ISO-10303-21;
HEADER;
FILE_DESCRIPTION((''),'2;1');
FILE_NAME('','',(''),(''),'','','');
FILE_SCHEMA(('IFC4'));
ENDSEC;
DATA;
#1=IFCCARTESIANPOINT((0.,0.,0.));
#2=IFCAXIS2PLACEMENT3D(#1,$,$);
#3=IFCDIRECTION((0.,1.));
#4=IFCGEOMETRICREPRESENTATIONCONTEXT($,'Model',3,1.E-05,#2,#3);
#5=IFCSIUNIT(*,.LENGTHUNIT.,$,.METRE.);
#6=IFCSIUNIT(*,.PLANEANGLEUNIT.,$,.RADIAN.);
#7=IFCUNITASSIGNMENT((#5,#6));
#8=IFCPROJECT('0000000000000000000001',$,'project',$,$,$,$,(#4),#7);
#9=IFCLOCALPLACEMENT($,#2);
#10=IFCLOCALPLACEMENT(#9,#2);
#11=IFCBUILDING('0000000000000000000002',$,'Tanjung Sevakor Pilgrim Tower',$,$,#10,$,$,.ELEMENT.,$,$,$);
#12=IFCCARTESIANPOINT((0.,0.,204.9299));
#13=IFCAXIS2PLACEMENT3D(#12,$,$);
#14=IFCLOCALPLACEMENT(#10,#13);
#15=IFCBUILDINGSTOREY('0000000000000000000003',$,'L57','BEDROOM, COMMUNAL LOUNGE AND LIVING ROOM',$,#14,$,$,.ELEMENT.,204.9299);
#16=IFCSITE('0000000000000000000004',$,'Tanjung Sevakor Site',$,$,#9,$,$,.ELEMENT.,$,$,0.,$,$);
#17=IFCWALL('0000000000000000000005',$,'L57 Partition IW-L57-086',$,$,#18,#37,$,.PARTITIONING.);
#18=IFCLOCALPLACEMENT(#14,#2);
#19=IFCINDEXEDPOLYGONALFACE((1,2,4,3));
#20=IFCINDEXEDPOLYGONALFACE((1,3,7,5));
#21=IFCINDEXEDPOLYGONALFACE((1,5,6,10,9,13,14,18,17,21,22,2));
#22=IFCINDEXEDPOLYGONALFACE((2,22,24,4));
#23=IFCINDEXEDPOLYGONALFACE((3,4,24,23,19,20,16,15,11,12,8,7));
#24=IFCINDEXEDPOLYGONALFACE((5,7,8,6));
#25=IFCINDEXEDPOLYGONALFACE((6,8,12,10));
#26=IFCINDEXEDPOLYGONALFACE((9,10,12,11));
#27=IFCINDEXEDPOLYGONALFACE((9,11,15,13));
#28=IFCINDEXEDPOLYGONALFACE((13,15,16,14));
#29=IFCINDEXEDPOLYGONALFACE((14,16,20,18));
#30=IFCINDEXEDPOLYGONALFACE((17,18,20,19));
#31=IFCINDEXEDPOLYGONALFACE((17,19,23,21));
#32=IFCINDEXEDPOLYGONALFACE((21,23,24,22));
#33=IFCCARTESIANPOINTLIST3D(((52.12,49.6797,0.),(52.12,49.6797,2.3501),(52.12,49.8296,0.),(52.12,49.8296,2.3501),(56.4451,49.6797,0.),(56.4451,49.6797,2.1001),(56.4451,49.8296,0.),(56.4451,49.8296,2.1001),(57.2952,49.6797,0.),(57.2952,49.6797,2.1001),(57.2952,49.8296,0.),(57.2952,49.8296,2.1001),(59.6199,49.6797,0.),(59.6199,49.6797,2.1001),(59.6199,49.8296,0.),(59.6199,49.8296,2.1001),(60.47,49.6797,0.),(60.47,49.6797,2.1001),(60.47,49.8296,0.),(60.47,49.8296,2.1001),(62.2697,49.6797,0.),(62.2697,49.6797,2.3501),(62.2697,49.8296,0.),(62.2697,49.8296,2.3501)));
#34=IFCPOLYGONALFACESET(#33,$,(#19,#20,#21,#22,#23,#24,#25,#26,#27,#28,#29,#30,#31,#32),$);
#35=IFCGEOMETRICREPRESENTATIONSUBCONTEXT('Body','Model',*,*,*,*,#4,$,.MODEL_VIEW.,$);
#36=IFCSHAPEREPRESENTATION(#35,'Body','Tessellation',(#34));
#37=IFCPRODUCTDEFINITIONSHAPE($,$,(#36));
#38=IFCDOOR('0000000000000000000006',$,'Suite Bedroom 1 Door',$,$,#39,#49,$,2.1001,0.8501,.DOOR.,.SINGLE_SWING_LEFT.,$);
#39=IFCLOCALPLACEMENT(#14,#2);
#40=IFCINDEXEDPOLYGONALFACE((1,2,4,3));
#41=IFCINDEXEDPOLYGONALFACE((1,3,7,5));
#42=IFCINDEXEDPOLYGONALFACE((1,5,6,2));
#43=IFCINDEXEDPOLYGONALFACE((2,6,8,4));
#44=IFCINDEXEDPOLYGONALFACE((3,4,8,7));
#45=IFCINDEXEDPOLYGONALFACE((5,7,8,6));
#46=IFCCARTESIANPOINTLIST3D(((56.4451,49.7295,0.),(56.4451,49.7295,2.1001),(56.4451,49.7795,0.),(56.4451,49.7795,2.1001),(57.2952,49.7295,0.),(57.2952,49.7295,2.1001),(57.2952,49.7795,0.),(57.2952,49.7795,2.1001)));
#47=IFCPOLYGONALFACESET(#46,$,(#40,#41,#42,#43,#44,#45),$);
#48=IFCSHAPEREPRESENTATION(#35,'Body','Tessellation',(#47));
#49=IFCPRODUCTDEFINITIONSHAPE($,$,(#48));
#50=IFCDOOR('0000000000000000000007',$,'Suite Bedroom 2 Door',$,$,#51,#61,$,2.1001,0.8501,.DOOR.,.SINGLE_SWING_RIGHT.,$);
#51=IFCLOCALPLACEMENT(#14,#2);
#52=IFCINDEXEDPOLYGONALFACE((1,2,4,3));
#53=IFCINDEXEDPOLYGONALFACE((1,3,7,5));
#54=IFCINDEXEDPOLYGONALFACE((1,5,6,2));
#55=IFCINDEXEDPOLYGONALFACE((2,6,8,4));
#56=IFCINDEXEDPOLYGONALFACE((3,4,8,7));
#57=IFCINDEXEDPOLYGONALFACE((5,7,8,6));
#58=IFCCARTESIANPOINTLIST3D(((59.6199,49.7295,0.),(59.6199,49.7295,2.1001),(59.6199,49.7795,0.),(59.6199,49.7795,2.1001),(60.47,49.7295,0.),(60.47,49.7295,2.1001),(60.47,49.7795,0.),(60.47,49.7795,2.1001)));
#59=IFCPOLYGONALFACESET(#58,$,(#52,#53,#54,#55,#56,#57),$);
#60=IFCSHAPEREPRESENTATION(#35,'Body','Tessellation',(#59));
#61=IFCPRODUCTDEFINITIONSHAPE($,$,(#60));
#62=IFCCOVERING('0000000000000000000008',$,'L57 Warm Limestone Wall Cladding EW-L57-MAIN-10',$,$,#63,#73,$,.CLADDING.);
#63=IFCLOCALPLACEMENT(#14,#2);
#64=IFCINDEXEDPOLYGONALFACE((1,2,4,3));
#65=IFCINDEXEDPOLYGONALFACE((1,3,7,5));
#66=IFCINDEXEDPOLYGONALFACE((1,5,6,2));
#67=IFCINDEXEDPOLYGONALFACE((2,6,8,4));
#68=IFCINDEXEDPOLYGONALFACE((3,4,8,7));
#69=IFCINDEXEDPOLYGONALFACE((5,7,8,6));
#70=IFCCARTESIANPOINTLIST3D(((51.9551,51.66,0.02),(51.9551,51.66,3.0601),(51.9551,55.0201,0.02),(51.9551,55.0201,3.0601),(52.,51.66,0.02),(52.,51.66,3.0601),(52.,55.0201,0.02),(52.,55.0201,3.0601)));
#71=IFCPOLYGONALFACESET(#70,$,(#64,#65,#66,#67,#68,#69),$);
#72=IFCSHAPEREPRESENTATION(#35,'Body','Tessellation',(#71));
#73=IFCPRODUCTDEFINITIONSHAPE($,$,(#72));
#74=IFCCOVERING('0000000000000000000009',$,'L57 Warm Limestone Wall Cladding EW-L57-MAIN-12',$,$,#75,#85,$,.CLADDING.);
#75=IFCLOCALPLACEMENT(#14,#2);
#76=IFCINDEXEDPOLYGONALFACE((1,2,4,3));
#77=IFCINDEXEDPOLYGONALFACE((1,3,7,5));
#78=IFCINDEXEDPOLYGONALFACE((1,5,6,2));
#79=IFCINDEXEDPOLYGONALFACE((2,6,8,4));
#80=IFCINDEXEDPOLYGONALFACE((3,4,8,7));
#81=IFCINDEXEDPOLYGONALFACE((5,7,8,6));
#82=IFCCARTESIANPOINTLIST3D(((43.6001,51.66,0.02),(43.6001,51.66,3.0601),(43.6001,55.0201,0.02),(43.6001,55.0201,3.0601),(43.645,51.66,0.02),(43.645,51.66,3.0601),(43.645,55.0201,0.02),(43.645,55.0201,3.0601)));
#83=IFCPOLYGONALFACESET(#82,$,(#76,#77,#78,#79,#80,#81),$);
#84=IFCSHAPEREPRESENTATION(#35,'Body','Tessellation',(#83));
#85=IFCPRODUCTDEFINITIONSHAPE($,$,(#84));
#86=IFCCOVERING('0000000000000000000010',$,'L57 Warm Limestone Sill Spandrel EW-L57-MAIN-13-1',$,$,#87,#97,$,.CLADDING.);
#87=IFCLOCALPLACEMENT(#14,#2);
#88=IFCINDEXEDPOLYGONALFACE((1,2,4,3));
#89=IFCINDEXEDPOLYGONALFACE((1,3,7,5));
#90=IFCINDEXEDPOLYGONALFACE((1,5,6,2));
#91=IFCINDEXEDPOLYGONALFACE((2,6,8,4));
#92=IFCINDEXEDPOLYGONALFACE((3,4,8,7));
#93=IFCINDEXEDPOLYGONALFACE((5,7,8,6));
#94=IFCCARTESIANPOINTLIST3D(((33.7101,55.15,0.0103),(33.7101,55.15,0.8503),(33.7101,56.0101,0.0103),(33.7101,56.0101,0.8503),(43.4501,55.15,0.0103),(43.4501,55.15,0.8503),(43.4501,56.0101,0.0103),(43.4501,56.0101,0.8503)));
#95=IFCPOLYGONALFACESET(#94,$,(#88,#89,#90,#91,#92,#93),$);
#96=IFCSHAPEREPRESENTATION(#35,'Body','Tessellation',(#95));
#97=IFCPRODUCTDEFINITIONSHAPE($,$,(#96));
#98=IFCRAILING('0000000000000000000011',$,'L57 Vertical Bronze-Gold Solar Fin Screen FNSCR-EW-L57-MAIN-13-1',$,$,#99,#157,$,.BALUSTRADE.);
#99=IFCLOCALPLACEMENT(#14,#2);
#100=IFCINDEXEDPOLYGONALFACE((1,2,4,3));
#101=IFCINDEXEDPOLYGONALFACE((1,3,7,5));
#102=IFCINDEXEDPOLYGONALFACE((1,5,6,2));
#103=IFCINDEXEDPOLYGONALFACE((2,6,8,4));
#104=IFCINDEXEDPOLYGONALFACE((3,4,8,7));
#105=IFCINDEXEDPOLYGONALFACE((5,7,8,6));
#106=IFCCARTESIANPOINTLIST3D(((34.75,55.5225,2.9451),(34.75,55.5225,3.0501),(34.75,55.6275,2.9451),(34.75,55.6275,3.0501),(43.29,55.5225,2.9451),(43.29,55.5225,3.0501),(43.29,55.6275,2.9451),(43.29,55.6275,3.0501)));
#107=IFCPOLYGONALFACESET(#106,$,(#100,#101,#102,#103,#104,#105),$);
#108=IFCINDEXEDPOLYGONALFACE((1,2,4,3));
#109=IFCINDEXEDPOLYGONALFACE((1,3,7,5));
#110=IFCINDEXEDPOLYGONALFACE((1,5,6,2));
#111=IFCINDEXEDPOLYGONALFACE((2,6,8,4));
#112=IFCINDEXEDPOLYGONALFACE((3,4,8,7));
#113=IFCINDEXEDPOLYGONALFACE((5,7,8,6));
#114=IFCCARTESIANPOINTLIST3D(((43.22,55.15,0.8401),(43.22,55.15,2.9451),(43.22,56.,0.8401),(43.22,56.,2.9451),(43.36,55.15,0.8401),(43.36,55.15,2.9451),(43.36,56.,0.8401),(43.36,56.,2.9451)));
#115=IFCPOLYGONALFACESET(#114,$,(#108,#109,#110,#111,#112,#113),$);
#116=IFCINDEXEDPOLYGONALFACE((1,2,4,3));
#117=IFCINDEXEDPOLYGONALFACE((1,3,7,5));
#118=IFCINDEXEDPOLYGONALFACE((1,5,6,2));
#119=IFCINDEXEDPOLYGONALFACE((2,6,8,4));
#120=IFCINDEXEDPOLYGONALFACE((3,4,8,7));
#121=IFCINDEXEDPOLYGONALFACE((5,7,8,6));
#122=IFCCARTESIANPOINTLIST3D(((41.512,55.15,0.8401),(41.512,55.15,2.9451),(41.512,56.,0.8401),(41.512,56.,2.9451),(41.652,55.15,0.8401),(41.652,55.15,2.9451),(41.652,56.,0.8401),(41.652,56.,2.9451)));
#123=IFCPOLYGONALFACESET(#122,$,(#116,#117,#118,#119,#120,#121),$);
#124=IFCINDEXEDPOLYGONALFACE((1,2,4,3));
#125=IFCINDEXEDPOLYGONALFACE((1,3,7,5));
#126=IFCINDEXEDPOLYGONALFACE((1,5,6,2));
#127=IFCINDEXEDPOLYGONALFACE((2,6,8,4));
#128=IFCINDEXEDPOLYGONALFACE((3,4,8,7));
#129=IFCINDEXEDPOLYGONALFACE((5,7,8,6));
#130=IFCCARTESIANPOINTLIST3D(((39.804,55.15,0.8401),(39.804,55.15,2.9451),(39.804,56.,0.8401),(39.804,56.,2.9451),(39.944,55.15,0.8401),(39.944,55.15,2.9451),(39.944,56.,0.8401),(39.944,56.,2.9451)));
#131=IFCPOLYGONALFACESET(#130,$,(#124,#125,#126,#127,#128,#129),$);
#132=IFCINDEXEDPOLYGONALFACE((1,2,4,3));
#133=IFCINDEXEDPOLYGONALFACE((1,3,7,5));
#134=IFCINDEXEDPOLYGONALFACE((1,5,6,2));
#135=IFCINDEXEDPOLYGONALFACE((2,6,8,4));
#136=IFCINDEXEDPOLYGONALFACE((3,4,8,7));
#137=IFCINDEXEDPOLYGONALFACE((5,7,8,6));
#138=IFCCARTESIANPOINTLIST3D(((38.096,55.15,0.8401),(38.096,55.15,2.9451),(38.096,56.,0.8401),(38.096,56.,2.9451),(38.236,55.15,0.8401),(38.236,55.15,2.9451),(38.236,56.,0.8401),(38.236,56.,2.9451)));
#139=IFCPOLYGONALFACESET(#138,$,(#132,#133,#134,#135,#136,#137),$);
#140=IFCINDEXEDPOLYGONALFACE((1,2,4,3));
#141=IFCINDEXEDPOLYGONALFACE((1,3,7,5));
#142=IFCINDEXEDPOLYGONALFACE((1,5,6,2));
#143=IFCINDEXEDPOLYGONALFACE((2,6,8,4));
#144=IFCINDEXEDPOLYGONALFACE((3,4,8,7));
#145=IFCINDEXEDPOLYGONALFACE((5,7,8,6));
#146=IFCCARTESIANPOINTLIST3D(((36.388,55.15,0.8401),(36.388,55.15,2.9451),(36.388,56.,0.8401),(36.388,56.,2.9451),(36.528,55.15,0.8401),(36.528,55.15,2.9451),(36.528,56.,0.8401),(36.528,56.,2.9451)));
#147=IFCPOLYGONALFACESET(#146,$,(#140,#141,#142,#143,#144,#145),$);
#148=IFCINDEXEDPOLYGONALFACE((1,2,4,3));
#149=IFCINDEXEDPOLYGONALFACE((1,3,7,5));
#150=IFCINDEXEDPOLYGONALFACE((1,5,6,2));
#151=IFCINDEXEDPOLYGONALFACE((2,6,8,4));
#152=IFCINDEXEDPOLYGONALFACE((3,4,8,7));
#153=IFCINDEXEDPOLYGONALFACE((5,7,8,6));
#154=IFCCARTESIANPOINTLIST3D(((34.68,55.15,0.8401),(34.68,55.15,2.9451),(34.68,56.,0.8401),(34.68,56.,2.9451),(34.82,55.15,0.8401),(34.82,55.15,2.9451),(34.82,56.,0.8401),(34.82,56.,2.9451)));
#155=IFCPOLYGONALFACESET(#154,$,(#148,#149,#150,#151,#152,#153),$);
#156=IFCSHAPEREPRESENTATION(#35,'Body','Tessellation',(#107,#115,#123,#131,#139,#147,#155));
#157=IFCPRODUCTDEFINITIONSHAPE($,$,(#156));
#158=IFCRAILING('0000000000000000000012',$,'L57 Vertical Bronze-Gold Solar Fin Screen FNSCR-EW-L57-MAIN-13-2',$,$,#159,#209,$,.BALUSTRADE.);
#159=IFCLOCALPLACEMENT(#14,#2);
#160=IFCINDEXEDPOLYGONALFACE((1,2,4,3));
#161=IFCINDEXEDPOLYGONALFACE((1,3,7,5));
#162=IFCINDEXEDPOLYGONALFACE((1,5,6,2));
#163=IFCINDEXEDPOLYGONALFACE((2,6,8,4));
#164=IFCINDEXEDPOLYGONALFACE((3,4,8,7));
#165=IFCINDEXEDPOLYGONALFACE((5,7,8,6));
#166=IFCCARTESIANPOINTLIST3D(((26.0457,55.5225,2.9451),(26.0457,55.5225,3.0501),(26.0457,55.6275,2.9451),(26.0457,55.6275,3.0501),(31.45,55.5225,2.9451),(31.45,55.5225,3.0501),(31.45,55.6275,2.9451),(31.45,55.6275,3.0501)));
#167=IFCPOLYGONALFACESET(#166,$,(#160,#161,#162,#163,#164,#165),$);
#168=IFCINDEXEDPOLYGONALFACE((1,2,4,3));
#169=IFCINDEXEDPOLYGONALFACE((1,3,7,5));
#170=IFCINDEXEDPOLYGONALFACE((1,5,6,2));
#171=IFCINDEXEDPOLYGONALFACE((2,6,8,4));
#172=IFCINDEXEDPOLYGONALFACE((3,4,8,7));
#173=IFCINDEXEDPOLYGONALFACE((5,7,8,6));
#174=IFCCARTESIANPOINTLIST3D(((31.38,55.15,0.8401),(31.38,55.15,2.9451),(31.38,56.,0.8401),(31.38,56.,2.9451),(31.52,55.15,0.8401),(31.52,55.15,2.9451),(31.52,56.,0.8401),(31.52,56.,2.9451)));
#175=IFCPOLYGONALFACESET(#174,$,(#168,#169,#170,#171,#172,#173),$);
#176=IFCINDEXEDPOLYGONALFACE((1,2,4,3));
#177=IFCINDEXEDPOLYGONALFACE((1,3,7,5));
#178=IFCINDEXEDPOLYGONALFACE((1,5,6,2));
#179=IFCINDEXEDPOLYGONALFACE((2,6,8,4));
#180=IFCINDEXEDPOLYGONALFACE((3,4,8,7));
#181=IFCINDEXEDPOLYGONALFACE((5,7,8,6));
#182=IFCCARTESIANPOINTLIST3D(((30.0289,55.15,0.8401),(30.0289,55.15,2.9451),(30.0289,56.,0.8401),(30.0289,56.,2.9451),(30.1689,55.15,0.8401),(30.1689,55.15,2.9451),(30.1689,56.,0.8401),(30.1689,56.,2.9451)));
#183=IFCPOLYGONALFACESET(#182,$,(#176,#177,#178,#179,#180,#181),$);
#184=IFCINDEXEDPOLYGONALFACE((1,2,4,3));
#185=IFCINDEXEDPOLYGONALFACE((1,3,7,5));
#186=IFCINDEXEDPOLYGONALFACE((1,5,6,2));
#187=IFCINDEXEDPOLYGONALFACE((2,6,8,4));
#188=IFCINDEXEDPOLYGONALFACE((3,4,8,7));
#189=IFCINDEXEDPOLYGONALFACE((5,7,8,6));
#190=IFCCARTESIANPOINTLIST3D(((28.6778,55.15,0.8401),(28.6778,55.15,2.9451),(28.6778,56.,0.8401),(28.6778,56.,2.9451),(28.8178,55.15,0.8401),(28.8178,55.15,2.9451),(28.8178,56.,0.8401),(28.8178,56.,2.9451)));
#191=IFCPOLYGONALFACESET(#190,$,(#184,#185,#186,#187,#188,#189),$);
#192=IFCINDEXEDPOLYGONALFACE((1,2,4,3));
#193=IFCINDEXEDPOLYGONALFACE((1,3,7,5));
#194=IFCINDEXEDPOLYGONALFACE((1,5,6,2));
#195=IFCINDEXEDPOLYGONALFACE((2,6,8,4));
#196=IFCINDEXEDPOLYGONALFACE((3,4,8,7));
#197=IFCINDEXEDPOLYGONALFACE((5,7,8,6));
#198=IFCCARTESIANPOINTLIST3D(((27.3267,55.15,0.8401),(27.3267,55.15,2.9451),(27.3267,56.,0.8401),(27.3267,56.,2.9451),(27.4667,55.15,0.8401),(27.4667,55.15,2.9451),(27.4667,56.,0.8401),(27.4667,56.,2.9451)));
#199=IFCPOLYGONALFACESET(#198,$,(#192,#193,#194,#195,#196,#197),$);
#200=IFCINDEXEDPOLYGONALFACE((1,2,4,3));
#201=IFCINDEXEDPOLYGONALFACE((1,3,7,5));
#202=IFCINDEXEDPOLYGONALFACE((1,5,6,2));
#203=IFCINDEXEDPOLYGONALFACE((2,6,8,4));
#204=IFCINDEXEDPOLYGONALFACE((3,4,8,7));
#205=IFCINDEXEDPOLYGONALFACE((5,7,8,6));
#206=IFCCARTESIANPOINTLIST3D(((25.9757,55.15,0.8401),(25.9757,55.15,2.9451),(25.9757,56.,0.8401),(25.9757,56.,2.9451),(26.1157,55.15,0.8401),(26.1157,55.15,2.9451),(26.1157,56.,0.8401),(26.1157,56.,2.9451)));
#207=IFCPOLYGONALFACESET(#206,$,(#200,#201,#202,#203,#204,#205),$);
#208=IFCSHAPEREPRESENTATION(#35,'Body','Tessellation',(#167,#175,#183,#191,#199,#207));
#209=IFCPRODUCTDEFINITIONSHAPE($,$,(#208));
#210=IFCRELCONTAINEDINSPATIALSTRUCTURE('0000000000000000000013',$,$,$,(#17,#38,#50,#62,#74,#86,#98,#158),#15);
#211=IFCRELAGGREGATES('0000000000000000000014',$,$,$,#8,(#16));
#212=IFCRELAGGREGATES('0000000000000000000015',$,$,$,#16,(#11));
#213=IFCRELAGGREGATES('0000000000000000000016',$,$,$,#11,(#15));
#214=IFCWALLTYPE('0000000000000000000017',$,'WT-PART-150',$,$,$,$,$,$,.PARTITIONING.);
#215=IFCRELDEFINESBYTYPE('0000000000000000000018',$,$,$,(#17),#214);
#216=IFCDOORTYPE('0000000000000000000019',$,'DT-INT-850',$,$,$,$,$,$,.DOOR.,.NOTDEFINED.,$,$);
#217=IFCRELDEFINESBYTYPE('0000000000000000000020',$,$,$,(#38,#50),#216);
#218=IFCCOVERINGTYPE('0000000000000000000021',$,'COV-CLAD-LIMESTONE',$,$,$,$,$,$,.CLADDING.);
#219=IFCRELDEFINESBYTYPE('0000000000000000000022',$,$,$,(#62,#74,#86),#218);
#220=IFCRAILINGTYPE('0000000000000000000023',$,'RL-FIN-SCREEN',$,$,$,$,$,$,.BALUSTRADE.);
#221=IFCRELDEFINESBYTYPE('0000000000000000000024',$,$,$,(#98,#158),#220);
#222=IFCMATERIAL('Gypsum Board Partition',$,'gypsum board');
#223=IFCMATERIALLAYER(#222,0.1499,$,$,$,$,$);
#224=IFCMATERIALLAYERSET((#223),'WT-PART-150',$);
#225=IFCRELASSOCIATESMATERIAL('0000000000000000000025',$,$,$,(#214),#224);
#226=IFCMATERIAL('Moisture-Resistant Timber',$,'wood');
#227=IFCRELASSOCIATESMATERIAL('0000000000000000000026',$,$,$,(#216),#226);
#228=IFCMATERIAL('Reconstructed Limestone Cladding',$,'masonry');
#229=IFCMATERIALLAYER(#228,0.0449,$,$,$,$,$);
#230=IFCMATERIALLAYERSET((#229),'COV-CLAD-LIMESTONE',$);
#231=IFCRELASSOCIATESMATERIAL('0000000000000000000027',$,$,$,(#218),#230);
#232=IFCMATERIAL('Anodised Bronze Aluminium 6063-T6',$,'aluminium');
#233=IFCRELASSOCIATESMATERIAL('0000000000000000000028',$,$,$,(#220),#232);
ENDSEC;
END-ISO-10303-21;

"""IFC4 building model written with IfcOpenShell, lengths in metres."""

from ifc_helpers import new_model, si_unit, direction, frame, frame_2d, origin, origin_2d, place, context, subcontext, project, spatial, rectangle, extrude, material, layer, layer_set, type_object, element, fill, save


model = new_model("IFC4")

# Units and contexts
model_context = context("Model", 3, precision=1e-05, world=origin(), true_north=direction((0.0, 1.0)))
body_context = subcontext(model_context, "Body", "Model", "MODEL_VIEW")
ifc_project = project(units=[si_unit("LENGTHUNIT", "METRE"), si_unit("PLANEANGLEUNIT", "RADIAN")], contexts=[model_context])

# Site, building, storey
site_placement = place(None, origin())
site = spatial("IfcSite", under=ifc_project, at=site_placement, Name="Tanjung Sevakor Site", CompositionType="ELEMENT", RefElevation=0.0)
building_placement = place(site_placement, origin())
building = spatial("IfcBuilding", under=site, at=building_placement, Name="Tanjung Sevakor Pilgrim Tower", CompositionType="ELEMENT")
storey_placement = place(building_placement, frame((0.0, 0.0, 204.9299)))
storey = spatial("IfcBuildingStorey", under=building, at=storey_placement, Name="L57", Description="BEDROOM, COMMUNAL LOUNGE AND LIVING ROOM", CompositionType="ELEMENT", Elevation=204.9299)

# Shared definitions
ifc_material_1 = material(Name="Gypsum Board Partition", Category="gypsum board")
ifc_layer_1 = layer(ifc_material_1, 0.1499)
ifc_layer_set_1 = layer_set([ifc_layer_1], Name="WT-PART-150")
wall_type_1 = type_object("IfcWallType", Name="WT-PART-150", PredefinedType="PARTITIONING", material=ifc_layer_set_1)

# Wall, openings, doors
wall_1_placement = place(storey_placement, frame((52.1201, 49.7546, 0.0), z_axis=(0.0, 0.0, 1.0), x_axis=(1.0, 0.0, 0.0)))
wall_1 = element("IfcWall", 1, at=wall_1_placement, inside=storey, type_object=wall_type_1, Name="L57 Partition IW-L57-086", PredefinedType="PARTITIONING", context=body_context, shape_type="SweptSolid", body=[
    extrude(rectangle(XDim=10.1497, YDim=0.1499, at=frame_2d((5.0747, 0.0))), origin(), (0.0, 0.0, 1.0), 2.3501),
])
opening_1_placement = place(wall_1_placement, frame((4.325, 0.0, 0.0)))
opening_1 = element("IfcOpeningElement", 2, at=opening_1_placement, cuts=wall_1, PredefinedType="OPENING", context=body_context, shape_type="SweptSolid", body=[
    extrude(rectangle(XDim=0.8501, YDim=2.1001, at=frame_2d((0.425, 1.05))), frame((0.0, 0.085, 0.0), z_axis=(0.0, -1.0, 0.0), x_axis=(1.0, 0.0, 0.0)), (0.0, 0.0, 1.0), 0.1699),
])
opening_2_placement = place(wall_1_placement, frame((7.4998, 0.0, 0.0)))
opening_2 = element("IfcOpeningElement", 3, at=opening_2_placement, cuts=wall_1, PredefinedType="OPENING", context=body_context, shape_type="SweptSolid", body=[
    extrude(rectangle(XDim=0.8501, YDim=2.1001, at=frame_2d((0.425, 1.05))), frame((0.0, 0.085, 0.0), z_axis=(0.0, -1.0, 0.0), x_axis=(1.0, 0.0, 0.0)), (0.0, 0.0, 1.0), 0.1699),
])
ifc_material_2 = material(Name="Moisture-Resistant Timber", Category="wood")
door_type_1 = type_object("IfcDoorType", Name="DT-INT-850", OperationType="NOTDEFINED", PredefinedType="DOOR", material=ifc_material_2)
door_1_placement = place(opening_1_placement, origin())
door_1 = element("IfcDoor", 4, at=door_1_placement, inside=storey, type_object=door_type_1, Name="Suite Bedroom 1 Door", OperationType="SINGLE_SWING_LEFT", OverallHeight=2.1001, OverallWidth=0.8501, PredefinedType="DOOR", context=body_context, shape_type="SweptSolid", body=[
    extrude(rectangle(XDim=0.8501, YDim=2.1001, at=frame_2d((0.425, 1.05))), frame((0.0, 0.0249, 0.0), z_axis=(0.0, -1.0, 0.0), x_axis=(1.0, 0.0, 0.0)), (0.0, 0.0, 1.0), 0.05),
])
fill(opening_1, door_1)
door_2_placement = place(opening_2_placement, origin())
door_2 = element("IfcDoor", 5, at=door_2_placement, inside=storey, type_object=door_type_1, Name="Suite Bedroom 2 Door", OperationType="SINGLE_SWING_RIGHT", OverallHeight=2.1001, OverallWidth=0.8501, PredefinedType="DOOR", context=body_context, shape_type="SweptSolid", body=[
    extrude(rectangle(XDim=0.8501, YDim=2.1001, at=frame_2d((0.425, 1.05))), frame((0.0, 0.0249, 0.0), z_axis=(0.0, -1.0, 0.0), x_axis=(1.0, 0.0, 0.0)), (0.0, 0.0, 1.0), 0.05),
])
fill(opening_2, door_2)

# Coverings
ifc_material_3 = material(Name="Reconstructed Limestone Cladding", Category="masonry")
ifc_layer_2 = layer(ifc_material_3, 0.0449)
ifc_layer_set_2 = layer_set([ifc_layer_2], Name="COV-CLAD-LIMESTONE")
covering_type = type_object("IfcCoveringType", Name="COV-CLAD-LIMESTONE", PredefinedType="CLADDING", material=ifc_layer_set_2)
for number, where, z_axis, x_axis, name in (
    (6, (51.9775, 53.3401, 0.02), (0.0, 0.0, 1.0), (0.0, -1.0, 0.0), "L57 Warm Limestone Wall Cladding EW-L57-MAIN-10"),
    (7, (43.6226, 53.3401, 0.02), (0.0, 0.0, 1.0), (0.0, 1.0, 0.0), "L57 Warm Limestone Wall Cladding EW-L57-MAIN-12"),
):
    element("IfcCovering", number, at=place(storey_placement, frame(where, z_axis=z_axis, x_axis=x_axis)), inside=storey, type_object=covering_type, Name=name, PredefinedType="CLADDING", context=body_context, shape_type="SweptSolid", body=[
        extrude(rectangle(XDim=3.3601, YDim=0.0449, at=origin_2d()), origin(), (0.0, 0.0, 1.0), 3.04),
    ])
covering_placement = place(storey_placement, frame((38.5801, 55.5801, 0.0103), z_axis=(0.0, 0.0, 1.0), x_axis=(-1.0, 0.0, 0.0)))
element("IfcCovering", 8, at=covering_placement, inside=storey, type_object=covering_type, Name="L57 Warm Limestone Sill Spandrel EW-L57-MAIN-13-1", PredefinedType="CLADDING", context=body_context, shape_type="SweptSolid", body=[
    extrude(rectangle(XDim=9.74, YDim=0.8601, at=origin_2d()), origin(), (0.0, 0.0, 1.0), 0.8401),
])

# Railings
ifc_material_4 = material(Name="Anodised Bronze Aluminium 6063-T6", Category="aluminium")
railing_type = type_object("IfcRailingType", Name="RL-FIN-SCREEN", PredefinedType="BALUSTRADE", material=ifc_material_4)
railing_1_placement = place(storey_placement, frame((43.29, 55.575, 0.8401)))
element("IfcRailing", 9, at=railing_1_placement, inside=storey, type_object=railing_type, Name="L57 Vertical Bronze-Gold Solar Fin Screen FNSCR-EW-L57-MAIN-13-1", PredefinedType="BALUSTRADE", context=body_context, shape_type="SweptSolid", body=[
    extrude(rectangle(XDim=0.105, YDim=0.105), frame((0.0, 0.0, 2.1575), z_axis=(-1.0, 0.0, 0.0), x_axis=(0.0, -1.0, 0.0)), (0.0, 0.0, 1.0), 8.54),
    extrude(rectangle(XDim=0.14, YDim=0.85), origin(), (0.0, 0.0, 1.0), 2.105),
    extrude(rectangle(XDim=0.14, YDim=0.85), frame((-1.708, 0.0, 0.0)), (0.0, 0.0, 1.0), 2.105),
    extrude(rectangle(XDim=0.14, YDim=0.85), frame((-3.416, 0.0, 0.0)), (0.0, 0.0, 1.0), 2.105),
    extrude(rectangle(XDim=0.14, YDim=0.85), frame((-5.124, 0.0, 0.0)), (0.0, 0.0, 1.0), 2.105),
    extrude(rectangle(XDim=0.14, YDim=0.85), frame((-6.832, 0.0, 0.0)), (0.0, 0.0, 1.0), 2.105),
    extrude(rectangle(XDim=0.14, YDim=0.85), frame((-8.54, 0.0, 0.0)), (0.0, 0.0, 1.0), 2.105),
])
railing_2_placement = place(storey_placement, frame((31.45, 55.575, 0.8401)))
element("IfcRailing", 10, at=railing_2_placement, inside=storey, type_object=railing_type, Name="L57 Vertical Bronze-Gold Solar Fin Screen FNSCR-EW-L57-MAIN-13-2", PredefinedType="BALUSTRADE", context=body_context, shape_type="SweptSolid", body=[
    extrude(rectangle(XDim=0.105, YDim=0.105), frame((0.0, 0.0, 2.1575), z_axis=(-1.0, 0.0, 0.0), x_axis=(0.0, -1.0, 0.0)), (0.0, 0.0, 1.0), 5.4043),
    extrude(rectangle(XDim=0.14, YDim=0.85), origin(), (0.0, 0.0, 1.0), 2.105),
    extrude(rectangle(XDim=0.14, YDim=0.85), frame((-1.3511, 0.0, 0.0)), (0.0, 0.0, 1.0), 2.105),
    extrude(rectangle(XDim=0.14, YDim=0.85), frame((-2.7021, 0.0, 0.0)), (0.0, 0.0, 1.0), 2.105),
    extrude(rectangle(XDim=0.14, YDim=0.85), frame((-4.0532, 0.0, 0.0)), (0.0, 0.0, 1.0), 2.105),
    extrude(rectangle(XDim=0.14, YDim=0.85), frame((-5.4043, 0.0, 0.0)), (0.0, 0.0, 1.0), 2.105),
])

save(model, "model.ifc")
